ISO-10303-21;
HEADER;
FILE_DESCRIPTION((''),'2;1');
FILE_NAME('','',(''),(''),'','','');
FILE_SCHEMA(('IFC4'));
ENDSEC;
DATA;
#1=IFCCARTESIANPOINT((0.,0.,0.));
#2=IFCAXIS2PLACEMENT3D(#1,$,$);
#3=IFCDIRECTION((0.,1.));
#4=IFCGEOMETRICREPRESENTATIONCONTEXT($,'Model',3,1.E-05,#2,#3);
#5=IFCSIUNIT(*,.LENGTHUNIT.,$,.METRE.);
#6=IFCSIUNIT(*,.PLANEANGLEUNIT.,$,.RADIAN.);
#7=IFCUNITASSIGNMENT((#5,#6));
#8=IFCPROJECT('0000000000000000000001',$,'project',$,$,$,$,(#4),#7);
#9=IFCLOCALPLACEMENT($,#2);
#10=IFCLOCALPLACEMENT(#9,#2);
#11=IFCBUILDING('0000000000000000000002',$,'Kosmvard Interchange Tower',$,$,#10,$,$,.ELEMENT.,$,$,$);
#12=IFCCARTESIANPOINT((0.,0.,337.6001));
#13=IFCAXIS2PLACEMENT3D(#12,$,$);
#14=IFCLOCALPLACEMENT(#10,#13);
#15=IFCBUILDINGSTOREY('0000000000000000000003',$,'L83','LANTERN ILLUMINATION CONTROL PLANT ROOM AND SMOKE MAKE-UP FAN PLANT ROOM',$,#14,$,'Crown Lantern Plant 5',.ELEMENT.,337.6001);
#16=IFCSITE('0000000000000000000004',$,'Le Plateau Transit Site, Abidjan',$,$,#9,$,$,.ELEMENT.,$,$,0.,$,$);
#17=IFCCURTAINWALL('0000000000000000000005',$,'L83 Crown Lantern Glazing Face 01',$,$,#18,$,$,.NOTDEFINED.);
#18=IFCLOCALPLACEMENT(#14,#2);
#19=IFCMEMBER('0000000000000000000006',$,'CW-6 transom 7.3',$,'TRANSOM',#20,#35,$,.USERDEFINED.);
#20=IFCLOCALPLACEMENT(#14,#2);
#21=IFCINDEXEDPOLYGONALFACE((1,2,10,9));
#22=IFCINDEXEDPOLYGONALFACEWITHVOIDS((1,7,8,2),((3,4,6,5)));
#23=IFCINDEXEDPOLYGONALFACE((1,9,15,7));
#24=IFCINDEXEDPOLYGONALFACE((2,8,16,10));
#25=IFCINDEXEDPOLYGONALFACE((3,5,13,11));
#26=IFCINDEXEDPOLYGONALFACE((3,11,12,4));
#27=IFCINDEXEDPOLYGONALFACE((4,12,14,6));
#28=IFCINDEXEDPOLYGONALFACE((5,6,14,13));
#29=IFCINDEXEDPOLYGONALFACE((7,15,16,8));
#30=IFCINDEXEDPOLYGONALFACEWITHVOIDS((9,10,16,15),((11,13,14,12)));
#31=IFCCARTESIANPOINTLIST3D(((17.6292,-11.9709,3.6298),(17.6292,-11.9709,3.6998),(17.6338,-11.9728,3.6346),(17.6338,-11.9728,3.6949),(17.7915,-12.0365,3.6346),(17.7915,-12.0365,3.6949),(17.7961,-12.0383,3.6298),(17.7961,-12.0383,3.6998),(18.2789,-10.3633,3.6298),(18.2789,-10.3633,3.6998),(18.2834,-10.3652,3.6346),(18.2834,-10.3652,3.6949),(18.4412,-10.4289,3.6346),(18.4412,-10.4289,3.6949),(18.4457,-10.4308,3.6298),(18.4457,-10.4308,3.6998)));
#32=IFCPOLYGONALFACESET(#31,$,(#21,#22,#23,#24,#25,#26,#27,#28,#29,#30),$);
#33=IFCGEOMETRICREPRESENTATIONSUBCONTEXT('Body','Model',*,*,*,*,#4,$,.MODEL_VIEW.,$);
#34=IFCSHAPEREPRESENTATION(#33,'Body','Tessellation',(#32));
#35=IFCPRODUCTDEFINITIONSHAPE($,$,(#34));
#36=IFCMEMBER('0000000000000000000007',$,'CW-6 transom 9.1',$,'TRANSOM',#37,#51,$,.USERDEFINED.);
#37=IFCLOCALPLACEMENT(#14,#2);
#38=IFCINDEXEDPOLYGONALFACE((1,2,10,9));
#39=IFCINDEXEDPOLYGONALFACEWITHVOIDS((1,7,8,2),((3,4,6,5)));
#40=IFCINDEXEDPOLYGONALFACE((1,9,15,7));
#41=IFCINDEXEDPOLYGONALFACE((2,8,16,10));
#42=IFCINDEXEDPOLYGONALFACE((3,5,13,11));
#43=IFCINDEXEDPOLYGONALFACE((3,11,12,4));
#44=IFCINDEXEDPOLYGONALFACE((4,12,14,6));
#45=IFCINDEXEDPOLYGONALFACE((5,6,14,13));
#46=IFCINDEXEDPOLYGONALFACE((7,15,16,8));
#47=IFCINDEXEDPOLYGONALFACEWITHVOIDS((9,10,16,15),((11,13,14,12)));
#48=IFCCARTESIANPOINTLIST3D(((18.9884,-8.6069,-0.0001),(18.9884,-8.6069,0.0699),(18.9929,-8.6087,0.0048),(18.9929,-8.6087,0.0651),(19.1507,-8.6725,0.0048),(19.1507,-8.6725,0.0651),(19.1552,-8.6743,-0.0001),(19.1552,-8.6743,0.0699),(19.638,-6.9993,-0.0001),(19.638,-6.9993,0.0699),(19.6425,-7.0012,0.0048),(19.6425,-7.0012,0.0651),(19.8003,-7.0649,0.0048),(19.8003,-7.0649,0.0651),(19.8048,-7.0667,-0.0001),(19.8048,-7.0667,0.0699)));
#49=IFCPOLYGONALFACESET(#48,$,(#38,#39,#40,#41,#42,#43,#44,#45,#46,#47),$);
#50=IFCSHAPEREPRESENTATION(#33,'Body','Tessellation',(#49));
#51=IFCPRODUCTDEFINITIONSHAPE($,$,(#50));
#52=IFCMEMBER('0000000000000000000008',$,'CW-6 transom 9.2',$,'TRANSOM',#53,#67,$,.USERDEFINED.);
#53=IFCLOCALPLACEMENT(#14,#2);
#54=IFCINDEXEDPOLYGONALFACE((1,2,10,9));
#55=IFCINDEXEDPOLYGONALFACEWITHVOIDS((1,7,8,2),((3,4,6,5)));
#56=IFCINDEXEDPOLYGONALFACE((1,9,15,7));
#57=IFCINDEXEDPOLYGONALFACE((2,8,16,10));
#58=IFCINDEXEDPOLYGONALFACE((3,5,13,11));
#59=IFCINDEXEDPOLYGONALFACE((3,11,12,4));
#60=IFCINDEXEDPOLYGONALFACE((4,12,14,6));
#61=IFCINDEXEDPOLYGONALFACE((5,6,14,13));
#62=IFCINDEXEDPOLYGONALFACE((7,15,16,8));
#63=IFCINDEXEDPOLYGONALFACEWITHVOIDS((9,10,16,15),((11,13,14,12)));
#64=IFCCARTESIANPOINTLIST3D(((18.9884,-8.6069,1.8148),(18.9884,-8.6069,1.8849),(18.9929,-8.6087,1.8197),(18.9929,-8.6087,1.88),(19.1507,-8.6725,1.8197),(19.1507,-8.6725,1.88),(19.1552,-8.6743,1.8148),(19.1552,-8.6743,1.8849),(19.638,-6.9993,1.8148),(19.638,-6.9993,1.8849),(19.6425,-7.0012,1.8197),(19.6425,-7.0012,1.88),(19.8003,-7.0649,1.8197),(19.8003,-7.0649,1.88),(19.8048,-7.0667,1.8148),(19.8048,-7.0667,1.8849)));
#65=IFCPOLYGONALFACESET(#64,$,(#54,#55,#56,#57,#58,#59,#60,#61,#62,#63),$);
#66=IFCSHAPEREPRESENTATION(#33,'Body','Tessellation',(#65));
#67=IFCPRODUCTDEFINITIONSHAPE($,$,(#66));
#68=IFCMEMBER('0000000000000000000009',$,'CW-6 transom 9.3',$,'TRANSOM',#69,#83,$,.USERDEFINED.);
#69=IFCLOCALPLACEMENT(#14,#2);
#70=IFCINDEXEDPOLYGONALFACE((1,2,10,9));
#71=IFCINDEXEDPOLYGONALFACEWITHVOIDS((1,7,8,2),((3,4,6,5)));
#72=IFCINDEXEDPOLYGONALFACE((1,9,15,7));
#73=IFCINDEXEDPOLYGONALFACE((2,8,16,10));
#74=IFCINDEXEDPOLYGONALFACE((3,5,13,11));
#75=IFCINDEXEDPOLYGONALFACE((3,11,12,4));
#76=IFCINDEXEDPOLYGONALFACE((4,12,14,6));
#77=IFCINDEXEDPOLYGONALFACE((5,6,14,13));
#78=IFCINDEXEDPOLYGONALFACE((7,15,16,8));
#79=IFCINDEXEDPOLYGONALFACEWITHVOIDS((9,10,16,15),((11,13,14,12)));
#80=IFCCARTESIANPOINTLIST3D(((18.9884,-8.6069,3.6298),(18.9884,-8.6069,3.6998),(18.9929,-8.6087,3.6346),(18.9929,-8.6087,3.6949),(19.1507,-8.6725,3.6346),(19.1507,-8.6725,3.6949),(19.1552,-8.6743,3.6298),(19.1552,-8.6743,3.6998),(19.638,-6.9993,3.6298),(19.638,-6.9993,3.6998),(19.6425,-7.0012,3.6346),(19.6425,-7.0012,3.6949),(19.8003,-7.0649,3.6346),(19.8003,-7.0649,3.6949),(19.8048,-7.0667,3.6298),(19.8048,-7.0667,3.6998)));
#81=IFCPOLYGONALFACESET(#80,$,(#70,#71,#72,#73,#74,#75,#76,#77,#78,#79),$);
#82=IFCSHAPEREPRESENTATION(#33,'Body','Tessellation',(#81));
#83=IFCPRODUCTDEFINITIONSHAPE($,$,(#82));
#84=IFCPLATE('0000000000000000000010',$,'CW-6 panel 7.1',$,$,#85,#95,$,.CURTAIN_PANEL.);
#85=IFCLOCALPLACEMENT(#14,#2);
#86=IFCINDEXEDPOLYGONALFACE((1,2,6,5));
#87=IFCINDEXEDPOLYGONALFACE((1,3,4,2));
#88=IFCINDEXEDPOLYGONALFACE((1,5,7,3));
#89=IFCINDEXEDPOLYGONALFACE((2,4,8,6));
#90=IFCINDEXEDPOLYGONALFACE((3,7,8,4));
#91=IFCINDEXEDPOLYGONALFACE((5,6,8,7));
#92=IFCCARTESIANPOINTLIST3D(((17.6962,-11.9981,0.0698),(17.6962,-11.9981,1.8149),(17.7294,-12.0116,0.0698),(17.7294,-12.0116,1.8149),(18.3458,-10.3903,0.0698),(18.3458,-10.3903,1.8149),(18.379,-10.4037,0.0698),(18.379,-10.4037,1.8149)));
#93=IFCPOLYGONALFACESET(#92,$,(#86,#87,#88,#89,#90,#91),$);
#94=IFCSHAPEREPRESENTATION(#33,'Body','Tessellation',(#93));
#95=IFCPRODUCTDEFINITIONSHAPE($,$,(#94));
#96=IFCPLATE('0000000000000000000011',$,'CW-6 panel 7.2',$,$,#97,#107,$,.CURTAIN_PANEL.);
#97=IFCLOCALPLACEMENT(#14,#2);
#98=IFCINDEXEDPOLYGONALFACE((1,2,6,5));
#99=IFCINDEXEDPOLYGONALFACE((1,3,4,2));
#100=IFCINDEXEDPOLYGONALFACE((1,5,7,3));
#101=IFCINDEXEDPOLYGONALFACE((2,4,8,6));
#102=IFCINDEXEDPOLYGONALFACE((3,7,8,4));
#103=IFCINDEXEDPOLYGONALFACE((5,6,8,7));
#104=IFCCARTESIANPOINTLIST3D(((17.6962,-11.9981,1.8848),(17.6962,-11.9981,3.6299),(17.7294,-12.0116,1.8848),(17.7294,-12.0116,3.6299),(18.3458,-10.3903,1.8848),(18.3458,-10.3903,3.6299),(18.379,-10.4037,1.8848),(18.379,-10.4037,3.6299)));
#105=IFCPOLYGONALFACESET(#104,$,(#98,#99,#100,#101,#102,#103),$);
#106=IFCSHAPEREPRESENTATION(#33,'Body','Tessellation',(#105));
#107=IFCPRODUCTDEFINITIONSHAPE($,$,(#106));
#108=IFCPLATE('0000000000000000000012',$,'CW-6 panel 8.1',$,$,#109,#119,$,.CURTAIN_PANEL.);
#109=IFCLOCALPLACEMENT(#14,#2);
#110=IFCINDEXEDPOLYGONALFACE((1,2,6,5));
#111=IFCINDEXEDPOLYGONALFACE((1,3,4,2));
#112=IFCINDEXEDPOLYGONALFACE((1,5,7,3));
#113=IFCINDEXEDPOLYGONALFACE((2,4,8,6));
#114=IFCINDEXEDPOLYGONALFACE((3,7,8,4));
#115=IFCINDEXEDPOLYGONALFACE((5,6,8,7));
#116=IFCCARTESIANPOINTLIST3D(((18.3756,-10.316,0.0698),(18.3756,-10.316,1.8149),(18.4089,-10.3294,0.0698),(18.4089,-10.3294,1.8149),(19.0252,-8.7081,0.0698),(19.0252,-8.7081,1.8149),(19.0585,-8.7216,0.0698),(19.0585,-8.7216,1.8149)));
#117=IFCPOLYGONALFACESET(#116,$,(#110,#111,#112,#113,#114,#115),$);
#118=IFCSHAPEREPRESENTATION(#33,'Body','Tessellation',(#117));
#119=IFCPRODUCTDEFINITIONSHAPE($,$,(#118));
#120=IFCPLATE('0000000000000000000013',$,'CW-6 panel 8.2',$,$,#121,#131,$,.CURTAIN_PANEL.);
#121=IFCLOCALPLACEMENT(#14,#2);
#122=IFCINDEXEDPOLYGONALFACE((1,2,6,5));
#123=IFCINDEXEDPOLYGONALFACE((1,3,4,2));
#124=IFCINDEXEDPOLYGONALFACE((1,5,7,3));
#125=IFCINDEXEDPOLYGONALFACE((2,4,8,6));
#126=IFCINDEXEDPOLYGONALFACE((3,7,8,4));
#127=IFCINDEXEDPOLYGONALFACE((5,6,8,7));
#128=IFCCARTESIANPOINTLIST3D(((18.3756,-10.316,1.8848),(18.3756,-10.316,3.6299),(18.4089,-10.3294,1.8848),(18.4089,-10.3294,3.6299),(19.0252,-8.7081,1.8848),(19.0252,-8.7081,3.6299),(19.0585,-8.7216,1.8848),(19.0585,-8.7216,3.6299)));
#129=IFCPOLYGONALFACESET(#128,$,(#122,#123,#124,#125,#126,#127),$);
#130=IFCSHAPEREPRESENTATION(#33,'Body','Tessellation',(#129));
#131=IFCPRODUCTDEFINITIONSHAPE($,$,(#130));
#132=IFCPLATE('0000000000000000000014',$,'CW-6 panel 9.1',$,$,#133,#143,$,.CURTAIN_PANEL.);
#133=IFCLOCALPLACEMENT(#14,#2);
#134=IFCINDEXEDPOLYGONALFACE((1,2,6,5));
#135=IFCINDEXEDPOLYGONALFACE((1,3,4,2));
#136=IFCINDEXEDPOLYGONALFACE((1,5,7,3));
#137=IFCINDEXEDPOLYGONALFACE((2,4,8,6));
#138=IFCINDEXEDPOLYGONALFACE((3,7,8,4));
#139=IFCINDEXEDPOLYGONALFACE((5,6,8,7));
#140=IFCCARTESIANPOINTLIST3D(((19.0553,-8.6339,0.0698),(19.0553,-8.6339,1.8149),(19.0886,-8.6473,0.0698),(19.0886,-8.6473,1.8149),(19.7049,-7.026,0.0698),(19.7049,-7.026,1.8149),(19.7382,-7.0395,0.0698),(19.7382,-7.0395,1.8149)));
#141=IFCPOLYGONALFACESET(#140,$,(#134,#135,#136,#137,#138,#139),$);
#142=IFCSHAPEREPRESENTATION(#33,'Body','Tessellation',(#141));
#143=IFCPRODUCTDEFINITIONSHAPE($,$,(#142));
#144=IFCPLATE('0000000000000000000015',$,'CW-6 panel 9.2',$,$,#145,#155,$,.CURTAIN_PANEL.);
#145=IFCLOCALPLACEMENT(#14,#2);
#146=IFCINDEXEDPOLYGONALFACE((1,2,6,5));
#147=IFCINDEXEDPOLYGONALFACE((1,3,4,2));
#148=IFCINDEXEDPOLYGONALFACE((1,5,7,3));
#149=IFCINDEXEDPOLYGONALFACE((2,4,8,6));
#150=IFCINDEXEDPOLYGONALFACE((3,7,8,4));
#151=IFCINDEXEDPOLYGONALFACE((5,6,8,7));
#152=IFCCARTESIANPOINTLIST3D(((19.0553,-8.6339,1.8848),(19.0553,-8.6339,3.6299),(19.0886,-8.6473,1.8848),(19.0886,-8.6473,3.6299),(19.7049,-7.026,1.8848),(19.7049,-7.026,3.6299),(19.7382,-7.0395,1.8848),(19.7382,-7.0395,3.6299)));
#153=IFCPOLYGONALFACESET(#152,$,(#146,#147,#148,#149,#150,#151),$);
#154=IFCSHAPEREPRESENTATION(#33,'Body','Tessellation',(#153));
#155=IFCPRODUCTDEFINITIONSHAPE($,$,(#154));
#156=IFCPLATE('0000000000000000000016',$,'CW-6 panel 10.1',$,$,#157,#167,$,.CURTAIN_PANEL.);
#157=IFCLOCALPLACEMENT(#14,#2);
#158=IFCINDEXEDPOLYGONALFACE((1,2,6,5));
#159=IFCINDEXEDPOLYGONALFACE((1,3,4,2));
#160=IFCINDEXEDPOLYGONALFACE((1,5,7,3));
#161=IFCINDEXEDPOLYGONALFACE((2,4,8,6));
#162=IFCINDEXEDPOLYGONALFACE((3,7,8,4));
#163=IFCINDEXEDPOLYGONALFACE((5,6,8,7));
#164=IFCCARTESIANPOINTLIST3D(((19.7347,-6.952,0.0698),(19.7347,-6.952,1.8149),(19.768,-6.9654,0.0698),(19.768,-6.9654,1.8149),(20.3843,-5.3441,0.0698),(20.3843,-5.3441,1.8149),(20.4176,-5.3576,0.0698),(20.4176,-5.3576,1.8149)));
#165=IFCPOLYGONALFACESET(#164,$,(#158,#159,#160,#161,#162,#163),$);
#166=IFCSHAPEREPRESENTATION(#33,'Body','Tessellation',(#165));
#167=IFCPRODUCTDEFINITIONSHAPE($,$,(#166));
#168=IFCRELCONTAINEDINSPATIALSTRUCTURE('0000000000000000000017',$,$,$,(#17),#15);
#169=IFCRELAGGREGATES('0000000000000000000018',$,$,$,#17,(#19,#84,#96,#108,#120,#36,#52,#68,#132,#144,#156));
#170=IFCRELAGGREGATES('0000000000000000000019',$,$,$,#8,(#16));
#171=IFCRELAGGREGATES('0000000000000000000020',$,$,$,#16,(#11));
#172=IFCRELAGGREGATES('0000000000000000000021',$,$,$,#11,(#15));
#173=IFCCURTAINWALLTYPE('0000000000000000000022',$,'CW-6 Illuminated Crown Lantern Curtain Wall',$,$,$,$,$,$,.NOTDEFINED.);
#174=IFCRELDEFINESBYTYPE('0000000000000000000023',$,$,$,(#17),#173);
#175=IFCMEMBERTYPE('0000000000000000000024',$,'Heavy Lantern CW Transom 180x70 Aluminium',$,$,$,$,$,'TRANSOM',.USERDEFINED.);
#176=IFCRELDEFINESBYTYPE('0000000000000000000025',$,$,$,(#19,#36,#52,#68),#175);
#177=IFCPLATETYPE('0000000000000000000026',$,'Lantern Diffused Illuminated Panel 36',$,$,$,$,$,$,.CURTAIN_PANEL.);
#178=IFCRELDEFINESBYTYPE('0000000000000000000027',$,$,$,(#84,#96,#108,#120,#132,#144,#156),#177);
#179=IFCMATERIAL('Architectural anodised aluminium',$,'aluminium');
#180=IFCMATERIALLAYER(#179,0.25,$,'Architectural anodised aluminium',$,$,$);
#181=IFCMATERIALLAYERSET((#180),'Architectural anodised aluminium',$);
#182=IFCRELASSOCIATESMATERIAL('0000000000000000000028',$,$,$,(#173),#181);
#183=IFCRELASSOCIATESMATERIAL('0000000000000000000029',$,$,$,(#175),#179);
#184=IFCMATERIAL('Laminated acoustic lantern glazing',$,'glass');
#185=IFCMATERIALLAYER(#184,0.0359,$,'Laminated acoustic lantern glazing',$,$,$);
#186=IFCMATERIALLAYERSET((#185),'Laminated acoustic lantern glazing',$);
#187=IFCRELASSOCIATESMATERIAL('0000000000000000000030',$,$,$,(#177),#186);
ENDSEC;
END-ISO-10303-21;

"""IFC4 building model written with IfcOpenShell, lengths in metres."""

from ifc_helpers import new_model, si_unit, direction, frame, origin, origin_2d, place, context, subcontext, project, spatial, rectangle, hollow_rectangle, extrude, source, transform, mapped, material, layer, layer_set, material_profile, profile_set, type_object, element, aggregate, save


model = new_model("IFC4")

# Units and contexts
model_context = context("Model", 3, precision=1e-05, world=origin(), true_north=direction((0.0, 1.0)))
body_context = subcontext(model_context, "Body", "Model", "MODEL_VIEW")
ifc_project = project(units=[si_unit("LENGTHUNIT", "METRE"), si_unit("PLANEANGLEUNIT", "RADIAN")], contexts=[model_context])

# Site, building, storey
site_placement = place(None, origin())
site = spatial("IfcSite", under=ifc_project, at=site_placement, Name="Le Plateau Transit Site, Abidjan", CompositionType="ELEMENT", RefElevation=0.0)
building_placement = place(site_placement, origin())
building = spatial("IfcBuilding", under=site, at=building_placement, Name="Kosmvard Interchange Tower", CompositionType="ELEMENT")
storey_placement = place(building_placement, frame((0.0, 0.0, 337.6001)))
storey = spatial("IfcBuildingStorey", under=building, at=storey_placement, Name="L83", Description="LANTERN ILLUMINATION CONTROL PLANT ROOM AND SMOKE MAKE-UP FAN PLANT ROOM", LongName="Crown Lantern Plant 5", CompositionType="ELEMENT", Elevation=337.6001)

# Curtain wall, members, plates
ifc_material_1 = material(Name="Architectural anodised aluminium", Category="aluminium")
ifc_layer_1 = layer(ifc_material_1, 0.25, Name="Architectural anodised aluminium")
ifc_layer_set_1 = layer_set([ifc_layer_1], Name="Architectural anodised aluminium")
curtain_wall_type = type_object("IfcCurtainWallType", Name="CW-6 Illuminated Crown Lantern Curtain Wall", PredefinedType="NOTDEFINED", material=ifc_layer_set_1)
curtain_wall_placement = place(storey_placement, origin())
curtain_wall = element("IfcCurtainWall", 1, at=curtain_wall_placement, inside=storey, type_object=curtain_wall_type, Name="L83 Crown Lantern Glazing Face 01", PredefinedType="NOTDEFINED")
ifc_material_profile_1 = material_profile(ifc_material_1, hollow_rectangle(XDim=0.1799, YDim=0.0701, WallThickness=0.0049, at=origin_2d()), Name="CWT 180x70x5")
ifc_profile_set_1 = profile_set([ifc_material_profile_1], Name="Architectural anodised aluminium")
member_type_1 = type_object("IfcMemberType", Name="Heavy Lantern CW Transom 180x70 Aluminium", ElementType="TRANSOM", PredefinedType="USERDEFINED", material=ifc_profile_set_1)
shared_shape_1 = source(origin(), body_context, "Body", "SweptSolid", [
    extrude(hollow_rectangle(XDim=0.1799, YDim=0.0701, WallThickness=0.0049, at=origin_2d()), origin(), (0.0, 0.0, 1.0), 1.7339),
])
member_1_placement = place(storey_placement, frame((17.7126, -12.0046, 3.6648), z_axis=(0.374666, 0.92716, 0.0), x_axis=(-0.92716, 0.374666, 0.0)))
member_1 = element("IfcMember", 2, at=member_1_placement, type_object=member_type_1, Name="CW-6 transom 7.3", ObjectType="TRANSOM", PredefinedType="USERDEFINED", context=body_context, shape_type="MappedRepresentation", body=[
    mapped(shared_shape_1, transform((0.0, 0.0, 0.0), scale=1.0)),
])
member_2_placement = place(storey_placement, frame((19.0718, -8.6406, 0.0349), z_axis=(0.374666, 0.92716, 0.0), x_axis=(-0.92716, 0.374666, 0.0)))
member_2 = element("IfcMember", 3, at=member_2_placement, type_object=member_type_1, Name="CW-6 transom 9.1", ObjectType="TRANSOM", PredefinedType="USERDEFINED", context=body_context, shape_type="MappedRepresentation", body=[
    mapped(shared_shape_1, transform((0.0, 0.0, 0.0), scale=1.0)),
])
member_3_placement = place(storey_placement, frame((19.0718, -8.6406, 1.8499), z_axis=(0.374666, 0.92716, 0.0), x_axis=(-0.92716, 0.374666, 0.0)))
member_3 = element("IfcMember", 4, at=member_3_placement, type_object=member_type_1, Name="CW-6 transom 9.2", ObjectType="TRANSOM", PredefinedType="USERDEFINED", context=body_context, shape_type="MappedRepresentation", body=[
    mapped(shared_shape_1, transform((0.0, 0.0, 0.0), scale=1.0)),
])
member_4_placement = place(storey_placement, frame((19.0718, -8.6406, 3.6648), z_axis=(0.374666, 0.92716, 0.0), x_axis=(-0.92716, 0.374666, 0.0)))
member_4 = element("IfcMember", 5, at=member_4_placement, type_object=member_type_1, Name="CW-6 transom 9.3", ObjectType="TRANSOM", PredefinedType="USERDEFINED", context=body_context, shape_type="MappedRepresentation", body=[
    mapped(shared_shape_1, transform((0.0, 0.0, 0.0), scale=1.0)),
])
ifc_material_2 = material(Name="Laminated acoustic lantern glazing", Category="glass")
ifc_layer_2 = layer(ifc_material_2, 0.0359, Name="Laminated acoustic lantern glazing")
ifc_layer_set_2 = layer_set([ifc_layer_2], Name="Laminated acoustic lantern glazing")
plate_type = type_object("IfcPlateType", Name="Lantern Diffused Illuminated Panel 36", PredefinedType="CURTAIN_PANEL", material=ifc_layer_set_2)
shared_shape_2 = source(origin(), body_context, "Body", "SweptSolid", [
    extrude(rectangle(XDim=1.7341, YDim=0.0359, at=origin_2d()), origin(), (0.0, 0.0, 1.0), 1.7451),
])
plate_1_placement = place(storey_placement, frame((18.0376, -11.2009, 0.0698), z_axis=(0.0, 0.0, 1.0), x_axis=(0.374607, 0.927184, 0.0)))
plate_1 = element("IfcPlate", 6, at=plate_1_placement, type_object=plate_type, Name="CW-6 panel 7.1", PredefinedType="CURTAIN_PANEL", context=body_context, shape_type="MappedRepresentation", body=[
    mapped(shared_shape_2, transform((0.0, 0.0, 0.0), scale=1.0)),
])
plate_2_placement = place(storey_placement, frame((18.0376, -11.2009, 1.8848), z_axis=(0.0, 0.0, 1.0), x_axis=(0.374607, 0.927184, 0.0)))
plate_2 = element("IfcPlate", 7, at=plate_2_placement, type_object=plate_type, Name="CW-6 panel 7.2", PredefinedType="CURTAIN_PANEL", context=body_context, shape_type="MappedRepresentation", body=[
    mapped(shared_shape_2, transform((0.0, 0.0, 0.0), scale=1.0)),
])
plate_3_placement = place(storey_placement, frame((18.717, -9.5188, 0.0698), z_axis=(0.0, 0.0, 1.0), x_axis=(0.374607, 0.927184, 0.0)))
plate_3 = element("IfcPlate", 8, at=plate_3_placement, type_object=plate_type, Name="CW-6 panel 8.1", PredefinedType="CURTAIN_PANEL", context=body_context, shape_type="MappedRepresentation", body=[
    mapped(shared_shape_2, transform((0.0, 0.0, 0.0), scale=1.0)),
])
plate_4_placement = place(storey_placement, frame((18.717, -9.5188, 1.8848), z_axis=(0.0, 0.0, 1.0), x_axis=(0.374607, 0.927184, 0.0)))
plate_4 = element("IfcPlate", 9, at=plate_4_placement, type_object=plate_type, Name="CW-6 panel 8.2", PredefinedType="CURTAIN_PANEL", context=body_context, shape_type="MappedRepresentation", body=[
    mapped(shared_shape_2, transform((0.0, 0.0, 0.0), scale=1.0)),
])
plate_5_placement = place(storey_placement, frame((19.3967, -7.8367, 0.0698), z_axis=(0.0, 0.0, 1.0), x_axis=(0.374607, 0.927184, 0.0)))
plate_5 = element("IfcPlate", 10, at=plate_5_placement, type_object=plate_type, Name="CW-6 panel 9.1", PredefinedType="CURTAIN_PANEL", context=body_context, shape_type="MappedRepresentation", body=[
    mapped(shared_shape_2, transform((0.0, 0.0, 0.0), scale=1.0)),
])
plate_6_placement = place(storey_placement, frame((19.3967, -7.8367, 1.8848), z_axis=(0.0, 0.0, 1.0), x_axis=(0.374607, 0.927184, 0.0)))
plate_6 = element("IfcPlate", 11, at=plate_6_placement, type_object=plate_type, Name="CW-6 panel 9.2", PredefinedType="CURTAIN_PANEL", context=body_context, shape_type="MappedRepresentation", body=[
    mapped(shared_shape_2, transform((0.0, 0.0, 0.0), scale=1.0)),
])
plate_7_placement = place(storey_placement, frame((20.0762, -6.1548, 0.0698), z_axis=(0.0, 0.0, 1.0), x_axis=(0.374607, 0.927184, 0.0)))
plate_7 = element("IfcPlate", 12, at=plate_7_placement, type_object=plate_type, Name="CW-6 panel 10.1", PredefinedType="CURTAIN_PANEL", context=body_context, shape_type="MappedRepresentation", body=[
    mapped(shared_shape_2, transform((0.0, 0.0, 0.0), scale=1.0)),
])
aggregate(curtain_wall, [member_1, plate_1, plate_2, plate_3, plate_4, member_2, member_3, member_4, plate_5, plate_6, plate_7])

save(model, "model.ifc")
